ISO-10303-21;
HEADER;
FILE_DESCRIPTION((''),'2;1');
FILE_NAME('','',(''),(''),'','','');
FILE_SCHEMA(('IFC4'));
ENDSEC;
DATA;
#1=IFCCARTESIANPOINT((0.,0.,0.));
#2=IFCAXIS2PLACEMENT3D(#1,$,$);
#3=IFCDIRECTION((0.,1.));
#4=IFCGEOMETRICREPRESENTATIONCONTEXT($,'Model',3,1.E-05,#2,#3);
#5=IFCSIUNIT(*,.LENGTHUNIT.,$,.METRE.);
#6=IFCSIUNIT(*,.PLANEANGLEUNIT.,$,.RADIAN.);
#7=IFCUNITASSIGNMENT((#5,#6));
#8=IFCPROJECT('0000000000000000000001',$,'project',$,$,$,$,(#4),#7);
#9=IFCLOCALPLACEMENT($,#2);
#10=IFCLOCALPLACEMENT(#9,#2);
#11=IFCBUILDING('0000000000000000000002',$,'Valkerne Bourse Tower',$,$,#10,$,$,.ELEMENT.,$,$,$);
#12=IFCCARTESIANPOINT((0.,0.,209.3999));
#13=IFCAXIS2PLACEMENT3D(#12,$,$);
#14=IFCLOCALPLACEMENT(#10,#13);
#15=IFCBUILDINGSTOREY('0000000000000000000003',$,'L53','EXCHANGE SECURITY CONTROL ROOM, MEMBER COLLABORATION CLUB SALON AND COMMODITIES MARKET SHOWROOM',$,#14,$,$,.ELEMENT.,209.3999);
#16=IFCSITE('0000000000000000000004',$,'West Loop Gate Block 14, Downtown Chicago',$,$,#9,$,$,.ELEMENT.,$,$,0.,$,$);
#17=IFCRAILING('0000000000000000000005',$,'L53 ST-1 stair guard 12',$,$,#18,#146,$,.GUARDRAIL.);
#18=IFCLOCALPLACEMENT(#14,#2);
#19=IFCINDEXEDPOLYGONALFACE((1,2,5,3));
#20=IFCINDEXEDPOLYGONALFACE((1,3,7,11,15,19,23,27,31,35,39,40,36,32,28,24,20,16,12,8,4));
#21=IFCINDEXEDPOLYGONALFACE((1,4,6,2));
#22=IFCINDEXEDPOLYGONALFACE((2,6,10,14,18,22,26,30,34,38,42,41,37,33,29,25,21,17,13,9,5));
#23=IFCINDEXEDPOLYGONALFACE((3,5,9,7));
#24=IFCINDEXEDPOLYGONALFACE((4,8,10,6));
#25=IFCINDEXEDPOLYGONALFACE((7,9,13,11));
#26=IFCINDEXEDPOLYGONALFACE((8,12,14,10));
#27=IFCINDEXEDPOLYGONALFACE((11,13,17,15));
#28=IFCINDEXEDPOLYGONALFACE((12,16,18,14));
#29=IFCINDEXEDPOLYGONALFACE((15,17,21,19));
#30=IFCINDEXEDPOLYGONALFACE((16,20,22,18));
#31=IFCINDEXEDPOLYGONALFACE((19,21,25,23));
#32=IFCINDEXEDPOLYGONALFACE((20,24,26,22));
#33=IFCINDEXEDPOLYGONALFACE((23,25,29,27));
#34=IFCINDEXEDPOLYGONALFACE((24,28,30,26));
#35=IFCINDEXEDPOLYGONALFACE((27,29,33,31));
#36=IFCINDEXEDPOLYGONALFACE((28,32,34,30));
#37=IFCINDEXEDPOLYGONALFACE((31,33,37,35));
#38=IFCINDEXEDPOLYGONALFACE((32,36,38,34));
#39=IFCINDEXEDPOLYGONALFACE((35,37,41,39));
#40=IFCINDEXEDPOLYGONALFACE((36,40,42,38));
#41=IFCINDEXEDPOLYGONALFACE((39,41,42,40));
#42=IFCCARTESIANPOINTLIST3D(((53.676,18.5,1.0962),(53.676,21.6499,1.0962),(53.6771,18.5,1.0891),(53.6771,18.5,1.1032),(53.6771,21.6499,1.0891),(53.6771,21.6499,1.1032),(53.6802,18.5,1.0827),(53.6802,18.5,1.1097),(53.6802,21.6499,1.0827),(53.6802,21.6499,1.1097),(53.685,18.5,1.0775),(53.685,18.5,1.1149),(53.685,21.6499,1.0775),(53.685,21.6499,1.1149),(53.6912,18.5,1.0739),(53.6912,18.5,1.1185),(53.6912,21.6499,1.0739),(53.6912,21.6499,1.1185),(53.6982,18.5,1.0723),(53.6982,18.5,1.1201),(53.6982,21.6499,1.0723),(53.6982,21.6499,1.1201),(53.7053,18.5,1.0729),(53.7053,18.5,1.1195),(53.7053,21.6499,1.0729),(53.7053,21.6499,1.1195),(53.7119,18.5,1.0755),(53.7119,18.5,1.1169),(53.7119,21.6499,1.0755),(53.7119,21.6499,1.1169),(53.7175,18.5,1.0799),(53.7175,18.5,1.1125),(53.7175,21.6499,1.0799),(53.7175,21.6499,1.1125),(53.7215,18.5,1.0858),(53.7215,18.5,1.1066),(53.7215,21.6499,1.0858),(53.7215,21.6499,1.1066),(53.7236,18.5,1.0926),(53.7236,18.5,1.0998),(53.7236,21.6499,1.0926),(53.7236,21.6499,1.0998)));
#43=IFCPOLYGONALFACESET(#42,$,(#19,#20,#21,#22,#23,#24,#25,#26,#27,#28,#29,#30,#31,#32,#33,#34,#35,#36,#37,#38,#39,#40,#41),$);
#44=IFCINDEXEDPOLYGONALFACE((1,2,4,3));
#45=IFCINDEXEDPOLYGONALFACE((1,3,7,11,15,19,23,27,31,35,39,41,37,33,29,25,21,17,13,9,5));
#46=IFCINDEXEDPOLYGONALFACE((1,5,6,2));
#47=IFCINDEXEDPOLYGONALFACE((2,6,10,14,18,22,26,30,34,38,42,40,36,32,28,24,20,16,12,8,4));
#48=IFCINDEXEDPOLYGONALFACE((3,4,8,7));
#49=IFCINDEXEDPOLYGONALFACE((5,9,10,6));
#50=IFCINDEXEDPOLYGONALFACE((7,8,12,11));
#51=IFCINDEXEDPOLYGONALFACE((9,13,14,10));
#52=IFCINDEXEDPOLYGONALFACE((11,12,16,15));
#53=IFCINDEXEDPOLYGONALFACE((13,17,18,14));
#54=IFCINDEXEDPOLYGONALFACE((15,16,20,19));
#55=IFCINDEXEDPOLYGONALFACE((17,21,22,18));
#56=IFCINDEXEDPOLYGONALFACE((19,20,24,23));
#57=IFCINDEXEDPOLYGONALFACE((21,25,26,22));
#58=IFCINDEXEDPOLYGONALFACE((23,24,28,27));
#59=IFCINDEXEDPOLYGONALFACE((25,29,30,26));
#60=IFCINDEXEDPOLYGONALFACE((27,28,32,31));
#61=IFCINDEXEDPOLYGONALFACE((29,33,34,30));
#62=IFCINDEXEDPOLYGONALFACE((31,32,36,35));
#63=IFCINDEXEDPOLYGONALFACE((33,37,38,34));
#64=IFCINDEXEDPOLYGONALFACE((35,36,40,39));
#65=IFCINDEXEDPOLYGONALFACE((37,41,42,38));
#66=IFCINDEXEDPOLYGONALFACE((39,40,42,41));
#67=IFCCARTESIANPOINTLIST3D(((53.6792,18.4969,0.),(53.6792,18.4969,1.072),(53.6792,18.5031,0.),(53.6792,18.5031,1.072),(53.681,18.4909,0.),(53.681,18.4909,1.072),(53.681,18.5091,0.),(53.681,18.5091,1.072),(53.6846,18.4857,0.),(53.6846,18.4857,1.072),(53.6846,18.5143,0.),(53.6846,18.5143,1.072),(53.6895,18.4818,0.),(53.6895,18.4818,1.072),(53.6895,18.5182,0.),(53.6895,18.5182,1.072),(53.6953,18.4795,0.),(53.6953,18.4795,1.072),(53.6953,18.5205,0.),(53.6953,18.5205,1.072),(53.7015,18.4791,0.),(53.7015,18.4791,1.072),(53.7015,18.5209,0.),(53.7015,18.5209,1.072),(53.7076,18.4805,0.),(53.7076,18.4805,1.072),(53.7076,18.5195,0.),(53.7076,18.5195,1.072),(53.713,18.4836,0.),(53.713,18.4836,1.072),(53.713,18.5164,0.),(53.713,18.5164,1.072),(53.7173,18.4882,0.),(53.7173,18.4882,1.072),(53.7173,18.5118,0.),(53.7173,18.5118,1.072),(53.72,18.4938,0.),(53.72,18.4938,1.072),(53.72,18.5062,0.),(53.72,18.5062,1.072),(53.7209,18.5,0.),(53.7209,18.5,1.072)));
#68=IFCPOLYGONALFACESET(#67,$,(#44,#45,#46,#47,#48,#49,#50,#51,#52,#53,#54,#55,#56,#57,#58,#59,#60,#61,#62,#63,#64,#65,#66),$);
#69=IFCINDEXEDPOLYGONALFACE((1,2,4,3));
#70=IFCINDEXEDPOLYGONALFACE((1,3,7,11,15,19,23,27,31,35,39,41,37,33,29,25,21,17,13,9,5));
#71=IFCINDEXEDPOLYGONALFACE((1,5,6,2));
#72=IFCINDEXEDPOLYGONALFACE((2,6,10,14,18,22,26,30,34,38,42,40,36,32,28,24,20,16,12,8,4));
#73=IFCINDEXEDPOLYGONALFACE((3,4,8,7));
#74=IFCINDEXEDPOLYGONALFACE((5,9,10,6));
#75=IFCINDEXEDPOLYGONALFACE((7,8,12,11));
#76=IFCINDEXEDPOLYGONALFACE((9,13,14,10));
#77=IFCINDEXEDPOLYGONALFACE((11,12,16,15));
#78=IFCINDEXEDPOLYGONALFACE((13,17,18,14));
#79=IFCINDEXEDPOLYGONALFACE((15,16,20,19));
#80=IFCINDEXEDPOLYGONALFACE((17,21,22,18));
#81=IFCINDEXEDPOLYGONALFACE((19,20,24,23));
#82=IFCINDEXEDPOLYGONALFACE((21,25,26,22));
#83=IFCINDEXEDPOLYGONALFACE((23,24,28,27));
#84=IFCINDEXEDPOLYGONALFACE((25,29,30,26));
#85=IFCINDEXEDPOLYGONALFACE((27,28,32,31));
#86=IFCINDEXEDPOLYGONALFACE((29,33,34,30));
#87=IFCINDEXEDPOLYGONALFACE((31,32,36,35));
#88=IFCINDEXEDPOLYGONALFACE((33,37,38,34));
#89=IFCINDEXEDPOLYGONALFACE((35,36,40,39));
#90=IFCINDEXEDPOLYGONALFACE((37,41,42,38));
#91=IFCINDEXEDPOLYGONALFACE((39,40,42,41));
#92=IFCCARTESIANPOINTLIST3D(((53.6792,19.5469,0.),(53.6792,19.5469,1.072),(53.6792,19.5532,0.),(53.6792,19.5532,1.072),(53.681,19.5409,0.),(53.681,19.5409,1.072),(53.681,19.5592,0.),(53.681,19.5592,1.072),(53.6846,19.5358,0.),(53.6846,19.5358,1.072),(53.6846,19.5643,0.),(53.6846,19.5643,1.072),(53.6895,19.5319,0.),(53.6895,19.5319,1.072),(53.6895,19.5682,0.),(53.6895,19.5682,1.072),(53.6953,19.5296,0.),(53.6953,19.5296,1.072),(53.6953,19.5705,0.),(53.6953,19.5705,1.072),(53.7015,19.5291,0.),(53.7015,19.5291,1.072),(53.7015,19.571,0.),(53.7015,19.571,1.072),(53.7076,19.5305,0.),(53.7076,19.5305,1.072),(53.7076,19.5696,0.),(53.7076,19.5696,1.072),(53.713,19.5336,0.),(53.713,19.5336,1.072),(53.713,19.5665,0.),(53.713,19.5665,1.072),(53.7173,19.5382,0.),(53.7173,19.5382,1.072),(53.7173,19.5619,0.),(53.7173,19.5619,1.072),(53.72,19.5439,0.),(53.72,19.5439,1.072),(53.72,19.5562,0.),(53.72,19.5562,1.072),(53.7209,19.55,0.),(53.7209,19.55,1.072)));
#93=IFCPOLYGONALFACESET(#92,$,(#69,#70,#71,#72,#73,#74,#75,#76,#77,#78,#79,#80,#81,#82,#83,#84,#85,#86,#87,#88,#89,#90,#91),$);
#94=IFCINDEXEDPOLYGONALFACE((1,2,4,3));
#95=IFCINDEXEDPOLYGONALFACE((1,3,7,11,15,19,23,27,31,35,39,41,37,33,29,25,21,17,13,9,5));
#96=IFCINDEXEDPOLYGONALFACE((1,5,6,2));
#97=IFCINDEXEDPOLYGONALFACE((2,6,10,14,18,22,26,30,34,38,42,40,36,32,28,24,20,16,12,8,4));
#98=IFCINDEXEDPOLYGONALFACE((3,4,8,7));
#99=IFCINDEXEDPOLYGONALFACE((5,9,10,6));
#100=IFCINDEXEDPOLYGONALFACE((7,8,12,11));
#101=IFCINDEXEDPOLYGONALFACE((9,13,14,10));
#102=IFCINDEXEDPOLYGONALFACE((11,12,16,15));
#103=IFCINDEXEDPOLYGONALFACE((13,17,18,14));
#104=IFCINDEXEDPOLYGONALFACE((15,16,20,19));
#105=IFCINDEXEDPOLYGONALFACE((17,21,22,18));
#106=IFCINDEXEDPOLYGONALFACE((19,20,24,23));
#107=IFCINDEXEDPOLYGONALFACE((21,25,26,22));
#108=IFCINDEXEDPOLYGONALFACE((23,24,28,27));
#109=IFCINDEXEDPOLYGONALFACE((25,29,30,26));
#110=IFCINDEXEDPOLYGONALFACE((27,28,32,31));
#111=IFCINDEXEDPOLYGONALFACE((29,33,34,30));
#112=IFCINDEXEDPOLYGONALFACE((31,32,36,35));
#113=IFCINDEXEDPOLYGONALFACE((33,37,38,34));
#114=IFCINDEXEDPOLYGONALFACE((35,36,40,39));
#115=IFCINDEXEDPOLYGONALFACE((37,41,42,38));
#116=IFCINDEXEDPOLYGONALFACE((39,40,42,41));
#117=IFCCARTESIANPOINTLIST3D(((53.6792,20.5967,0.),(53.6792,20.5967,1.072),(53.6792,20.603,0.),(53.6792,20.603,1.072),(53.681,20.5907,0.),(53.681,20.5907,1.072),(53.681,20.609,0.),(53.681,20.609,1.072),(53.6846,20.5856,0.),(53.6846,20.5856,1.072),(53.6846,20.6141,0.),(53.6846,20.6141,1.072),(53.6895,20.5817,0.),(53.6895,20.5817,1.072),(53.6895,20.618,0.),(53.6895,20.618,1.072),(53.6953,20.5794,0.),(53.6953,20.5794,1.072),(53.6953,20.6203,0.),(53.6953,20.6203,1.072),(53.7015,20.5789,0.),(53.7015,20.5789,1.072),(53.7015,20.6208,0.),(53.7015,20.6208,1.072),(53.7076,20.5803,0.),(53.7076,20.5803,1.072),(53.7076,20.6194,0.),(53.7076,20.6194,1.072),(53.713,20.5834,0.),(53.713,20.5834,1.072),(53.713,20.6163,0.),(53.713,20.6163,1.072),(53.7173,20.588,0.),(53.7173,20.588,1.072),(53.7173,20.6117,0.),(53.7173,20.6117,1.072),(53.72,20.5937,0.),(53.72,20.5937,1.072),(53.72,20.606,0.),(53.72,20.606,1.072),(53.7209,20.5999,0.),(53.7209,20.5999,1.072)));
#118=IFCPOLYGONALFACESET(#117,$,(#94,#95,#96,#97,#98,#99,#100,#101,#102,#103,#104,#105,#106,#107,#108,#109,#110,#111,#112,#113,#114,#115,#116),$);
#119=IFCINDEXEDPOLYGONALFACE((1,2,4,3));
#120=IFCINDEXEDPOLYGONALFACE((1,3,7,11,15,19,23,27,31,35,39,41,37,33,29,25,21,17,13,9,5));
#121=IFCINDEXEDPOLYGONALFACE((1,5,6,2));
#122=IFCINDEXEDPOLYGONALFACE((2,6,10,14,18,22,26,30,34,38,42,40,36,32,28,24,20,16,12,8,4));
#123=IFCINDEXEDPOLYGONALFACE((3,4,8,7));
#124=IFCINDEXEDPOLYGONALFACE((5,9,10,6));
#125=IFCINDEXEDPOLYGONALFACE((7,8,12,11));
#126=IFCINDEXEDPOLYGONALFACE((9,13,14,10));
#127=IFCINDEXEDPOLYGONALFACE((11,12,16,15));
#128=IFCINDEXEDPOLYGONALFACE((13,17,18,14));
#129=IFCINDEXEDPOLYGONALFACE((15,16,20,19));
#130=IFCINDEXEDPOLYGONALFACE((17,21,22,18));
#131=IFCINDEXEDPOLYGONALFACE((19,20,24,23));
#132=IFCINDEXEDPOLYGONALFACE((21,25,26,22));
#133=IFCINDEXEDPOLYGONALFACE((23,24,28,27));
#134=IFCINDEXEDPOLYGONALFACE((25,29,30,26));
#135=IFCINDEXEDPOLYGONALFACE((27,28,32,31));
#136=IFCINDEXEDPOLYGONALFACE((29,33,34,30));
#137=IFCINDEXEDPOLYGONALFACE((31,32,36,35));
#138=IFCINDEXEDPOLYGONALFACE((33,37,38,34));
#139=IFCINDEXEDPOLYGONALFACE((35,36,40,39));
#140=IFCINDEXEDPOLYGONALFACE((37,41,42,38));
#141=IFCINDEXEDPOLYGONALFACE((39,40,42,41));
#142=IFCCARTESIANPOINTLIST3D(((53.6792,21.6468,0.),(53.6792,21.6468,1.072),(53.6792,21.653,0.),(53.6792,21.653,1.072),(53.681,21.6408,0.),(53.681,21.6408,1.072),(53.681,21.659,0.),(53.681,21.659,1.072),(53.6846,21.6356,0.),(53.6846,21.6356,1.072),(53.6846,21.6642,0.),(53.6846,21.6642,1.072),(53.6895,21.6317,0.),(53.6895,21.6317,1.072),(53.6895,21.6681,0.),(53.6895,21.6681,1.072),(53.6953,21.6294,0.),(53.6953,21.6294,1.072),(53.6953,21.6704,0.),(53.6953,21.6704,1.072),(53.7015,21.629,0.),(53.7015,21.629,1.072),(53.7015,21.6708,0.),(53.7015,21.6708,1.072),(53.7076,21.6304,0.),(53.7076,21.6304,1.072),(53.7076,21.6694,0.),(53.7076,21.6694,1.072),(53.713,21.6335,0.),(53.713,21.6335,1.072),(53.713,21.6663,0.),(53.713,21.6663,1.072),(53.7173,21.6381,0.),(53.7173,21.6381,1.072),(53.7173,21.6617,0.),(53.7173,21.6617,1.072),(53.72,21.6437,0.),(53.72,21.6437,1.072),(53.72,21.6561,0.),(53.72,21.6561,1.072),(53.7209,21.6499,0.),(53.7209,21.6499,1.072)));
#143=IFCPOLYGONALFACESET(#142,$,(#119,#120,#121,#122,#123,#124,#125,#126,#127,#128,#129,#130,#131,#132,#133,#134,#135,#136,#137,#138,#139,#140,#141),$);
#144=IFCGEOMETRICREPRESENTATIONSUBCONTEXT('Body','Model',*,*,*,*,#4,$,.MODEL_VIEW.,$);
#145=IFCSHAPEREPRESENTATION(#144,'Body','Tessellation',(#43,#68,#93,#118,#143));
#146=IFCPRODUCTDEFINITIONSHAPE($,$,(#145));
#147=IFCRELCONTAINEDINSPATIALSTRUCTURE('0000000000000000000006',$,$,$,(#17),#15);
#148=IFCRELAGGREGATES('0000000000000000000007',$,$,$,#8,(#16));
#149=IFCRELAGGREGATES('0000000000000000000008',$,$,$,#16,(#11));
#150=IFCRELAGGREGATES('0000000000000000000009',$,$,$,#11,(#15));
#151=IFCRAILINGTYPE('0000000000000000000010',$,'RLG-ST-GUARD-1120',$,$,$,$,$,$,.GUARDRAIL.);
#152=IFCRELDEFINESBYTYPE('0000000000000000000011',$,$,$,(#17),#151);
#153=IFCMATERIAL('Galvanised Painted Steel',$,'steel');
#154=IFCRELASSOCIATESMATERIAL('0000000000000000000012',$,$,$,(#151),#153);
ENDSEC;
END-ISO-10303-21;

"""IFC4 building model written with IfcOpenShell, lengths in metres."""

from ifc_helpers import new_model, si_unit, direction, frame, origin, origin_2d, place, context, subcontext, project, spatial, circle, extrude, material, type_object, element, save


model = new_model("IFC4")

# Units and contexts
model_context = context("Model", 3, precision=1e-05, world=origin(), true_north=direction((0.0, 1.0)))
body_context = subcontext(model_context, "Body", "Model", "MODEL_VIEW")
ifc_project = project(units=[si_unit("LENGTHUNIT", "METRE"), si_unit("PLANEANGLEUNIT", "RADIAN")], contexts=[model_context])

# Site, building, storey
site_placement = place(None, origin())
site = spatial("IfcSite", under=ifc_project, at=site_placement, Name="West Loop Gate Block 14, Downtown Chicago", CompositionType="ELEMENT", RefElevation=0.0)
building_placement = place(site_placement, origin())
building = spatial("IfcBuilding", under=site, at=building_placement, Name="Valkerne Bourse Tower", CompositionType="ELEMENT")
storey_placement = place(building_placement, frame((0.0, 0.0, 209.3999)))
storey = spatial("IfcBuildingStorey", under=building, at=storey_placement, Name="L53", Description="EXCHANGE SECURITY CONTROL ROOM, MEMBER COLLABORATION CLUB SALON AND COMMODITIES MARKET SHOWROOM", CompositionType="ELEMENT", Elevation=209.3999)

# Railing
ifc_material_1 = material(Name="Galvanised Painted Steel", Category="steel")
railing_type = type_object("IfcRailingType", Name="RLG-ST-GUARD-1120", PredefinedType="GUARDRAIL", material=ifc_material_1)
railing_1_placement = place(storey_placement, frame((53.7, 18.5, 0.0)))
element("IfcRailing", 1, at=railing_1_placement, inside=storey, type_object=railing_type, Name="L53 ST-1 stair guard 12", PredefinedType="GUARDRAIL", context=body_context, shape_type="SweptSolid", body=[
    extrude(circle(Radius=0.0239, at=origin_2d()), frame((0.0, 0.0, 1.0962), z_axis=(0.0, 1.0, 0.0), x_axis=(-1.0, 0.0, 0.0)), (0.0, 0.0, 1.0), 3.1499),
    extrude(circle(Radius=0.021, at=origin_2d()), origin(), (0.0, 0.0, 1.0), 1.072),
    extrude(circle(Radius=0.021, at=origin_2d()), frame((0.0, 1.05, 0.0)), (0.0, 0.0, 1.0), 1.072),
    extrude(circle(Radius=0.021, at=origin_2d()), frame((0.0, 2.0999, 0.0)), (0.0, 0.0, 1.0), 1.072),
    extrude(circle(Radius=0.021, at=origin_2d()), frame((0.0, 3.1499, 0.0)), (0.0, 0.0, 1.0), 1.072),
])

save(model, "model.ifc")
